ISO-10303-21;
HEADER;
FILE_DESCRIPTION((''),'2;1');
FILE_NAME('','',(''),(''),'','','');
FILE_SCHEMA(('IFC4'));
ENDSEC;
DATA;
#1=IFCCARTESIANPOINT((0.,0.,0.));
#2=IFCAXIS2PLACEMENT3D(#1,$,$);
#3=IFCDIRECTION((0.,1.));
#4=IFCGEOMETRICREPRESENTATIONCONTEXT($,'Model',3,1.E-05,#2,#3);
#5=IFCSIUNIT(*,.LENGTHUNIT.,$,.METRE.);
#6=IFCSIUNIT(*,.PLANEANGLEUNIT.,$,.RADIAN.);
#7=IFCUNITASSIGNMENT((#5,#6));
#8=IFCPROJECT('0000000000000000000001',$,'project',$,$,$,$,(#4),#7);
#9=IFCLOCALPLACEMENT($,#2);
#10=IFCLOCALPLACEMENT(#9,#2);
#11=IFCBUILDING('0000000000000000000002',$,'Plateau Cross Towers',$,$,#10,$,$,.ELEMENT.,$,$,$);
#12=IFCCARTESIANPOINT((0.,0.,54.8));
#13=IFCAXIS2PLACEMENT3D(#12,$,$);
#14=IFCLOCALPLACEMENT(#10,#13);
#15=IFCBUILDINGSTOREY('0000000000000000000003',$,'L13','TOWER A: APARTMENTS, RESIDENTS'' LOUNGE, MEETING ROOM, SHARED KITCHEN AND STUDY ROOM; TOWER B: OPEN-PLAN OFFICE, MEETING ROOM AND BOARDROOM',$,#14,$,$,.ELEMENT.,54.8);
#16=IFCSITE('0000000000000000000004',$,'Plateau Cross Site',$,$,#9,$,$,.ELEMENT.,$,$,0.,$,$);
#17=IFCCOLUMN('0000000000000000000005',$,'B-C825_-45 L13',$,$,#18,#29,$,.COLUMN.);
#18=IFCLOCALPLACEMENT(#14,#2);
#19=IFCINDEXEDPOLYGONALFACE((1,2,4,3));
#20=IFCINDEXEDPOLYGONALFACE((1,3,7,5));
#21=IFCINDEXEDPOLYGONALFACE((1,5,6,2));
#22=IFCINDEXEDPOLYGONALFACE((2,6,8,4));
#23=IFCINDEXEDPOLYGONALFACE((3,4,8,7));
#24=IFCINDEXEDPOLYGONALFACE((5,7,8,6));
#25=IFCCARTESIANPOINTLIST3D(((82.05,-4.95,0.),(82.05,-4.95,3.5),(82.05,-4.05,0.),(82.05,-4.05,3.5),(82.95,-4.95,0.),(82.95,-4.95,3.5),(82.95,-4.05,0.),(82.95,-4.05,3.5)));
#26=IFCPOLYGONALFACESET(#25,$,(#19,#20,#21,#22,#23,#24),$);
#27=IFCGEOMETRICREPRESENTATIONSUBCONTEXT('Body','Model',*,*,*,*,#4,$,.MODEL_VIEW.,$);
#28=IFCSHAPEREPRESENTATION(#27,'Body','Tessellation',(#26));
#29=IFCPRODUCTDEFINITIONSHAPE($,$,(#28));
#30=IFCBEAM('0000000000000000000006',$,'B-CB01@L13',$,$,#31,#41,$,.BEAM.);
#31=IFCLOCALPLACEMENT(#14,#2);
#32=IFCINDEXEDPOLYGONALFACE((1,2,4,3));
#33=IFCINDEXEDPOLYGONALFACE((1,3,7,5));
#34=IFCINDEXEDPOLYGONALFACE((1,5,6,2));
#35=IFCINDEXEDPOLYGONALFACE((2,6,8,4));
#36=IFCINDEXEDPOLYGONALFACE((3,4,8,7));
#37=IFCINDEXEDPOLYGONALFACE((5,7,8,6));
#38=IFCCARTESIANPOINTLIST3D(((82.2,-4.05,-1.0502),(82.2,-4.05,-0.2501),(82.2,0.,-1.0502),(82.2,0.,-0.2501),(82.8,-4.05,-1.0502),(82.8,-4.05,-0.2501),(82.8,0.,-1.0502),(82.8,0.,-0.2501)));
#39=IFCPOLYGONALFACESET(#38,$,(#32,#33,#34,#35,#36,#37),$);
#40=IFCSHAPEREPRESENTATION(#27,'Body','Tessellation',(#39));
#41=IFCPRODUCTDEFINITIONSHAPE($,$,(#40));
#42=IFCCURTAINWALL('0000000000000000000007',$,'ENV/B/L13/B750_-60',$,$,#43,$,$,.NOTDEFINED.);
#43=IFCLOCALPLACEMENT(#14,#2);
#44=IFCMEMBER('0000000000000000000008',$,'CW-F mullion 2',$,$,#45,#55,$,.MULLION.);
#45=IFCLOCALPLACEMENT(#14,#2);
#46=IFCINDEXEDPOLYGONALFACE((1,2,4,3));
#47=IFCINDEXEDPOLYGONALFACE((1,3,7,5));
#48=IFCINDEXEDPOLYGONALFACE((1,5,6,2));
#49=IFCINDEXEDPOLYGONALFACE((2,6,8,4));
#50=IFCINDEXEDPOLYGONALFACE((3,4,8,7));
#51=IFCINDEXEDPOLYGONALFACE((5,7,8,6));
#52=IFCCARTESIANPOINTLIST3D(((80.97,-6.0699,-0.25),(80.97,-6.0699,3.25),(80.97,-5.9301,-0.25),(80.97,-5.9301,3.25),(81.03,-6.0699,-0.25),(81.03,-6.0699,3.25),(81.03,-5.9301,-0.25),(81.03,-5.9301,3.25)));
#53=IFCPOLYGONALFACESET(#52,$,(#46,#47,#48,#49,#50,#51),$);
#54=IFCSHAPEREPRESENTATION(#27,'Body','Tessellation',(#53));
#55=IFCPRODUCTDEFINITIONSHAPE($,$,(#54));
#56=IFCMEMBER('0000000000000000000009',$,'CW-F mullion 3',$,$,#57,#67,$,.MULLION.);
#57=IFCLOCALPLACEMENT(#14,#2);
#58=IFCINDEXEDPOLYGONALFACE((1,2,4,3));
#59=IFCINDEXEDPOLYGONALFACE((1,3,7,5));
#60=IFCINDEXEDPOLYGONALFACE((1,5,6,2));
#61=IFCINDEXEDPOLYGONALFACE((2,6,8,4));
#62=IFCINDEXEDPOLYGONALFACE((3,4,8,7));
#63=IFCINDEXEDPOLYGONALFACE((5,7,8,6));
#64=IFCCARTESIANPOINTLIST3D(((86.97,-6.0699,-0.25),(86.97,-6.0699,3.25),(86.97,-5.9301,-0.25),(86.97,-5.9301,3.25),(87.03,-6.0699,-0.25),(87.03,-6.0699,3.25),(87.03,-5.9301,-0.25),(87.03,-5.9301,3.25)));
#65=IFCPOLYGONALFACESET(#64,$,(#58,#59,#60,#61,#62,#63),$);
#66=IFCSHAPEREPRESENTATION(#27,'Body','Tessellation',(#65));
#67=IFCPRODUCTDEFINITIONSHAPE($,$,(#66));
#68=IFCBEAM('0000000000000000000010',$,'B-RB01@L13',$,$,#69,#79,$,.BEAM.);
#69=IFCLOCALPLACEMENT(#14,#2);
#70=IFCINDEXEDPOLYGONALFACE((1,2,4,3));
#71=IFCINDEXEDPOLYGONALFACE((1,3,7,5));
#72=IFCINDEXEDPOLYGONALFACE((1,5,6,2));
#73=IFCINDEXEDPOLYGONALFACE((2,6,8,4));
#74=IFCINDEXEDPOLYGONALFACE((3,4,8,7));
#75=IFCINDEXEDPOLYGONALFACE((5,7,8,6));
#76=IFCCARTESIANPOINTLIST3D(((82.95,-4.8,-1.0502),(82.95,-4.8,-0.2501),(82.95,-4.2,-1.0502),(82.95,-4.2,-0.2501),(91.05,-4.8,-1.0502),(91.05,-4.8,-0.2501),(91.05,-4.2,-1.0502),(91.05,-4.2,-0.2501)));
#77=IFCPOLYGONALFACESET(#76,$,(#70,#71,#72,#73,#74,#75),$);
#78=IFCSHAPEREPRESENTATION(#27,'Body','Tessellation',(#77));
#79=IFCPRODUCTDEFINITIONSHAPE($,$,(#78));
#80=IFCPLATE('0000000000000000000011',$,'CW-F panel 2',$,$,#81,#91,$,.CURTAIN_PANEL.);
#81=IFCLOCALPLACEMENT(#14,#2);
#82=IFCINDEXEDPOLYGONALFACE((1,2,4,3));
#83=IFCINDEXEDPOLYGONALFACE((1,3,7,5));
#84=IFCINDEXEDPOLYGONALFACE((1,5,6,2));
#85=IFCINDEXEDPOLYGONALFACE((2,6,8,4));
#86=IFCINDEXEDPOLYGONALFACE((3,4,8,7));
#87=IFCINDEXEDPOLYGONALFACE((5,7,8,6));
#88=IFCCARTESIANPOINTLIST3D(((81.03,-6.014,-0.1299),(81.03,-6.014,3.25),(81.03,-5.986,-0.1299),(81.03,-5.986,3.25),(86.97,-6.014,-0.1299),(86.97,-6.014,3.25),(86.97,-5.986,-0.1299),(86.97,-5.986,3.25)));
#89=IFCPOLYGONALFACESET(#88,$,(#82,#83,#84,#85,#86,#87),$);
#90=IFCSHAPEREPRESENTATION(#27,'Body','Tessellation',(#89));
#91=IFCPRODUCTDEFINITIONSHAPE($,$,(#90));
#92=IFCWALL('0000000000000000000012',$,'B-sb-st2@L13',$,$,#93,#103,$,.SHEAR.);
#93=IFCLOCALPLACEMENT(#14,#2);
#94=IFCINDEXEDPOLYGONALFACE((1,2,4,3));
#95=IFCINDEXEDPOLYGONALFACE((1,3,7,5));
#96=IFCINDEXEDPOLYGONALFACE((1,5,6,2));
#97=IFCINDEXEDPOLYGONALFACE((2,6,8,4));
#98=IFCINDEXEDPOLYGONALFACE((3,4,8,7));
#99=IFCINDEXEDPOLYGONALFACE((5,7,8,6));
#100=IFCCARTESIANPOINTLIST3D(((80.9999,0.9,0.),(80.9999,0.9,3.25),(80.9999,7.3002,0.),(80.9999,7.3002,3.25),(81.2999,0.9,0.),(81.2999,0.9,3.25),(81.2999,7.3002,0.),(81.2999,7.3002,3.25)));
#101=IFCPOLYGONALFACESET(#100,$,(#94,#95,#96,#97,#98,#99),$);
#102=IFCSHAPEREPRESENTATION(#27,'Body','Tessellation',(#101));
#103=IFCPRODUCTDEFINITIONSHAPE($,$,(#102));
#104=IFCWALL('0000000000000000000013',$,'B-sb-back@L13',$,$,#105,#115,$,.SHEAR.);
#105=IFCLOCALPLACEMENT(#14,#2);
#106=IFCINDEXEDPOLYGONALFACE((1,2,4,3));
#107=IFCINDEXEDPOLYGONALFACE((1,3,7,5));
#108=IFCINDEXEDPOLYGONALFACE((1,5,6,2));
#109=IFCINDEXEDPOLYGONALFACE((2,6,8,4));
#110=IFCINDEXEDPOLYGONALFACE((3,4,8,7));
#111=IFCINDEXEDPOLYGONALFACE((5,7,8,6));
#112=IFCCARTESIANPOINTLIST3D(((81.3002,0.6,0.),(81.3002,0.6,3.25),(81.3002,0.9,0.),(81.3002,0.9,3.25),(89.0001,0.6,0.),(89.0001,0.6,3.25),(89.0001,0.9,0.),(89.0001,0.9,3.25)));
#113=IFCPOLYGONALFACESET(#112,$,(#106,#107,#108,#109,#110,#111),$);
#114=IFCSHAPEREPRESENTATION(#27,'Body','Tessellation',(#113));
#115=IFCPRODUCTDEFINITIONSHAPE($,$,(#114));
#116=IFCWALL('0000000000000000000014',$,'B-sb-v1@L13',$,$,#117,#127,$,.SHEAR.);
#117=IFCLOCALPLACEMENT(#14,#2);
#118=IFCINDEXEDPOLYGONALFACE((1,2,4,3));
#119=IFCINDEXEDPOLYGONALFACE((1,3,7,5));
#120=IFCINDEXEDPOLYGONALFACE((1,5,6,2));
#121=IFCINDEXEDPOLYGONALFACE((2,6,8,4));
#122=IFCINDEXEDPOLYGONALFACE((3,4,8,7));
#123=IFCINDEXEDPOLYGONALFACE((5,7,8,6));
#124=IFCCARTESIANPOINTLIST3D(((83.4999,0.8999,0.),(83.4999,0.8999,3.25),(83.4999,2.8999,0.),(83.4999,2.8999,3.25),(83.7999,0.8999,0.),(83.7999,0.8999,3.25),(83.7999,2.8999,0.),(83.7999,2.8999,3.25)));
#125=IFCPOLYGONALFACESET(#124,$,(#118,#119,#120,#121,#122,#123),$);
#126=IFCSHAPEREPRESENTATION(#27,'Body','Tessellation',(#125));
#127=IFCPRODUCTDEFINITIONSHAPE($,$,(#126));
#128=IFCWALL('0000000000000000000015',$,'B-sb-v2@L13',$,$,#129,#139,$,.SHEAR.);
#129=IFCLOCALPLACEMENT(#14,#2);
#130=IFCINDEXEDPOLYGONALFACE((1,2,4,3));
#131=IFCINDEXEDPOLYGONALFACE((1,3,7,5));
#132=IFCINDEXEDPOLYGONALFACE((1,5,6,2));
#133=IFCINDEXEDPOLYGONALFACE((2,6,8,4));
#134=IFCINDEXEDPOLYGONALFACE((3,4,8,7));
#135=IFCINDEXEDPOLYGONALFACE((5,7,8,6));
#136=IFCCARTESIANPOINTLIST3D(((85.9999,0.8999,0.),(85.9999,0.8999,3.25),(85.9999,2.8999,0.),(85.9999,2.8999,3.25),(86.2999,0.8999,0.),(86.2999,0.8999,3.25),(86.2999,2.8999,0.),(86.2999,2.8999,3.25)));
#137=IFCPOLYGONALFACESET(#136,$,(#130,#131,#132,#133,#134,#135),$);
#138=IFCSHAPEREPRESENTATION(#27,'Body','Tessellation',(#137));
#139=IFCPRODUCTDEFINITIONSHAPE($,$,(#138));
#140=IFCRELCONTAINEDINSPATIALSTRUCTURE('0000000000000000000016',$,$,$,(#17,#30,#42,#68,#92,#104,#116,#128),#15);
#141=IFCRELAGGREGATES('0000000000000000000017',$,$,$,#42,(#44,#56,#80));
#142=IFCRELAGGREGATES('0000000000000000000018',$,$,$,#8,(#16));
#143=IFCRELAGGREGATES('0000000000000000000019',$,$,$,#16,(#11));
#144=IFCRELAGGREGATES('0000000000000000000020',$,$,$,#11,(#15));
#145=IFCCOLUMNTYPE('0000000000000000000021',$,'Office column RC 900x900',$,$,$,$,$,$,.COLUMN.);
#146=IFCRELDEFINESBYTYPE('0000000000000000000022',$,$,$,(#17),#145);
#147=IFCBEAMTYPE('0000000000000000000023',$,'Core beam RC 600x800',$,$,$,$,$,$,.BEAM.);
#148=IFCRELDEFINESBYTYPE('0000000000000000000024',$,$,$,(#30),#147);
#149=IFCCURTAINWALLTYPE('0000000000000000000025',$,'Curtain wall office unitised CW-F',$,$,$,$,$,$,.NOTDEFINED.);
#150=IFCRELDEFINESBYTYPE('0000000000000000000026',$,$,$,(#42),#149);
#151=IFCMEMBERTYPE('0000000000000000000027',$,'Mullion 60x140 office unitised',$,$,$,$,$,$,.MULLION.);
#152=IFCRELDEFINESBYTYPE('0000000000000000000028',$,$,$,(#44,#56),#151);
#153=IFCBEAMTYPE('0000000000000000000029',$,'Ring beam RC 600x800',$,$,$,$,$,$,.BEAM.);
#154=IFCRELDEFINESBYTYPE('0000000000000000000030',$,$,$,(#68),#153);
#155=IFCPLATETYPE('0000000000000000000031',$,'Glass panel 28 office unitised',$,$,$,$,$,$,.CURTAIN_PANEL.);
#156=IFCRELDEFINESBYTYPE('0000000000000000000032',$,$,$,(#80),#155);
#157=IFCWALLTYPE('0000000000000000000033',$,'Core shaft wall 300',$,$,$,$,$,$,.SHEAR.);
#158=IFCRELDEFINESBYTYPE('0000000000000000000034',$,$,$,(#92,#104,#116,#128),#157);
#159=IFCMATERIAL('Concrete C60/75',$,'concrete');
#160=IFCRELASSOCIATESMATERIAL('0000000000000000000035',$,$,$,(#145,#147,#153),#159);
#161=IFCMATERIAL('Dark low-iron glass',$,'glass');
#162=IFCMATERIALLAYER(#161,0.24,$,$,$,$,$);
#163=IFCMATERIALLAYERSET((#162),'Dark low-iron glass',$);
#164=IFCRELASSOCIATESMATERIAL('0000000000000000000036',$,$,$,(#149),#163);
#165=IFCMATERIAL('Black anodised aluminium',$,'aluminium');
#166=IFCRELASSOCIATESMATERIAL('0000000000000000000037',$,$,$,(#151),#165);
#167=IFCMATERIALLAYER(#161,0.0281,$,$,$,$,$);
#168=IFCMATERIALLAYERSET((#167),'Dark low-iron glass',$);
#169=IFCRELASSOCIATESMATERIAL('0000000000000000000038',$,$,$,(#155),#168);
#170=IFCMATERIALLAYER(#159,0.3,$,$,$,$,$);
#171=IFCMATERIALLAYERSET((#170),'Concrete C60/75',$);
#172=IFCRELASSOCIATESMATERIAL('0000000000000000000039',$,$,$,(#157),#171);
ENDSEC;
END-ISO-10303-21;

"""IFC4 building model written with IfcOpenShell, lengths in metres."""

from ifc_helpers import new_model, si_unit, direction, frame, frame_2d, origin, origin_2d, place, context, subcontext, project, spatial, rectangle, extrude, material, layer, layer_set, material_profile, profile_set, type_object, element, aggregate, save


model = new_model("IFC4")

# Units and contexts
model_context = context("Model", 3, precision=1e-05, world=origin(), true_north=direction((0.0, 1.0)))
body_context = subcontext(model_context, "Body", "Model", "MODEL_VIEW")
ifc_project = project(units=[si_unit("LENGTHUNIT", "METRE"), si_unit("PLANEANGLEUNIT", "RADIAN")], contexts=[model_context])

# Site, building, storey
site_placement = place(None, origin())
site = spatial("IfcSite", under=ifc_project, at=site_placement, Name="Plateau Cross Site", CompositionType="ELEMENT", RefElevation=0.0)
building_placement = place(site_placement, origin())
building = spatial("IfcBuilding", under=site, at=building_placement, Name="Plateau Cross Towers", CompositionType="ELEMENT")
storey_placement = place(building_placement, frame((0.0, 0.0, 54.8)))
storey = spatial("IfcBuildingStorey", under=building, at=storey_placement, Name="L13", Description="TOWER A: APARTMENTS, RESIDENTS' LOUNGE, MEETING ROOM, SHARED KITCHEN AND STUDY ROOM; TOWER B: OPEN-PLAN OFFICE, MEETING ROOM AND BOARDROOM", CompositionType="ELEMENT", Elevation=54.8)

# Column
ifc_material_1 = material(Name="Concrete C60/75", Category="concrete")
ifc_material_profile_1 = material_profile(ifc_material_1, rectangle(XDim=0.8999, YDim=0.8999, at=origin_2d()), Name="RC 900x900")
ifc_profile_set_1 = profile_set([ifc_material_profile_1], Name="Concrete C60/75")
column_type = type_object("IfcColumnType", Name="Office column RC 900x900", PredefinedType="COLUMN", material=ifc_profile_set_1)
column_placement = place(storey_placement, frame((82.5, -4.5, 0.0), z_axis=(0.0, 0.0, 1.0), x_axis=(1.0, 0.0, 0.0)))
element("IfcColumn", 1, at=column_placement, inside=storey, type_object=column_type, Name="B-C825_-45 L13", PredefinedType="COLUMN", context=body_context, shape_type="SweptSolid", body=[
    extrude(rectangle(XDim=0.8999, YDim=0.8999, at=origin_2d()), origin(), (0.0, 0.0, 1.0), 3.5),
])

# Beam
ifc_material_profile_2 = material_profile(ifc_material_1, rectangle(XDim=0.6001, YDim=0.8, at=origin_2d()), Name="RC 600x800")
ifc_profile_set_2 = profile_set([ifc_material_profile_2], Name="Concrete C60/75")
beam_type_1 = type_object("IfcBeamType", Name="Core beam RC 600x800", PredefinedType="BEAM", material=ifc_profile_set_2)
beam_1_placement = place(storey_placement, frame((82.5, 0.0, -0.6501), z_axis=(0.0, -1.0, 0.0), x_axis=(1.0, 0.0, 0.0)))
element("IfcBeam", 2, at=beam_1_placement, inside=storey, type_object=beam_type_1, Name="B-CB01@L13", PredefinedType="BEAM", context=body_context, shape_type="SweptSolid", body=[
    extrude(rectangle(XDim=0.6001, YDim=0.8, at=origin_2d()), origin(), (0.0, 0.0, 1.0), 4.05),
])

# Curtain wall, members
ifc_material_2 = material(Name="Dark low-iron glass", Category="glass")
ifc_layer_1 = layer(ifc_material_2, 0.24)
ifc_layer_set_1 = layer_set([ifc_layer_1], Name="Dark low-iron glass")
curtain_wall_type = type_object("IfcCurtainWallType", Name="Curtain wall office unitised CW-F", PredefinedType="NOTDEFINED", material=ifc_layer_set_1)
curtain_wall_placement = place(storey_placement, origin())
curtain_wall = element("IfcCurtainWall", 3, at=curtain_wall_placement, inside=storey, type_object=curtain_wall_type, Name="ENV/B/L13/B750_-60", PredefinedType="NOTDEFINED")
ifc_material_3 = material(Name="Black anodised aluminium", Category="aluminium")
ifc_material_profile_3 = material_profile(ifc_material_3, rectangle(XDim=0.0601, YDim=0.1399, at=origin_2d()), Name="MULLION 60x140")
ifc_profile_set_3 = profile_set([ifc_material_profile_3], Name="Black anodised aluminium")
member_type = type_object("IfcMemberType", Name="Mullion 60x140 office unitised", PredefinedType="MULLION", material=ifc_profile_set_3)
member_1_placement = place(storey_placement, frame((81.0, -6.0, -0.25), z_axis=(0.0, 0.0, 1.0), x_axis=(1.0, 0.0, 0.0)))
member_1 = element("IfcMember", 4, at=member_1_placement, type_object=member_type, Name="CW-F mullion 2", PredefinedType="MULLION", context=body_context, shape_type="SweptSolid", body=[
    extrude(rectangle(XDim=0.0601, YDim=0.1399, at=origin_2d()), origin(), (0.0, 0.0, 1.0), 3.5),
])
member_2_placement = place(storey_placement, frame((87.0, -6.0, -0.25), z_axis=(0.0, 0.0, 1.0), x_axis=(1.0, 0.0, 0.0)))
member_2 = element("IfcMember", 5, at=member_2_placement, type_object=member_type, Name="CW-F mullion 3", PredefinedType="MULLION", context=body_context, shape_type="SweptSolid", body=[
    extrude(rectangle(XDim=0.0601, YDim=0.1399, at=origin_2d()), origin(), (0.0, 0.0, 1.0), 3.5),
])

# Beam
ifc_material_profile_4 = material_profile(ifc_material_1, rectangle(XDim=0.6001, YDim=0.8, at=origin_2d()), Name="RC 600x800")
ifc_profile_set_4 = profile_set([ifc_material_profile_4], Name="Concrete C60/75")
beam_type_2 = type_object("IfcBeamType", Name="Ring beam RC 600x800", PredefinedType="BEAM", material=ifc_profile_set_4)
beam_2_placement = place(storey_placement, frame((82.95, -4.5, -0.6501), z_axis=(1.0, 0.0, 0.0), x_axis=(0.0, 1.0, 0.0)))
element("IfcBeam", 6, at=beam_2_placement, inside=storey, type_object=beam_type_2, Name="B-RB01@L13", PredefinedType="BEAM", context=body_context, shape_type="SweptSolid", body=[
    extrude(rectangle(XDim=0.6001, YDim=0.8, at=origin_2d()), origin(), (0.0, 0.0, 1.0), 8.1001),
])

# Plate
ifc_layer_2 = layer(ifc_material_2, 0.0281)
ifc_layer_set_2 = layer_set([ifc_layer_2], Name="Dark low-iron glass")
plate_type = type_object("IfcPlateType", Name="Glass panel 28 office unitised", PredefinedType="CURTAIN_PANEL", material=ifc_layer_set_2)
plate_placement = place(storey_placement, frame((84.0, -6.0, -0.1299), z_axis=(0.0, 0.0, 1.0), x_axis=(1.0, 0.0, 0.0)))
plate = element("IfcPlate", 7, at=plate_placement, type_object=plate_type, Name="CW-F panel 2", PredefinedType="CURTAIN_PANEL", context=body_context, shape_type="SweptSolid", body=[
    extrude(rectangle(XDim=5.9399, YDim=0.0281, at=origin_2d()), origin(), (0.0, 0.0, 1.0), 3.3799),
])
aggregate(curtain_wall, [member_1, member_2, plate])

# Walls
ifc_layer_3 = layer(ifc_material_1, 0.3)
ifc_layer_set_3 = layer_set([ifc_layer_3], Name="Concrete C60/75")
wall_type_1 = type_object("IfcWallType", Name="Core shaft wall 300", PredefinedType="SHEAR", material=ifc_layer_set_3)
wall_1_placement = place(storey_placement, frame((81.1499, 0.8999, 0.0), z_axis=(0.0, 0.0, 1.0), x_axis=(0.0, 1.0, 0.0)))
element("IfcWall", 8, at=wall_1_placement, inside=storey, type_object=wall_type_1, Name="B-sb-st2@L13", PredefinedType="SHEAR", context=body_context, shape_type="SweptSolid", body=[
    extrude(rectangle(XDim=6.4001, YDim=0.3, at=frame_2d((3.2002, 0.0))), origin(), (0.0, 0.0, 1.0), 3.25),
])
wall_2_placement = place(storey_placement, frame((81.3, 0.75, 0.0), z_axis=(0.0, 0.0, 1.0), x_axis=(1.0, 0.0, 0.0)))
element("IfcWall", 9, at=wall_2_placement, inside=storey, type_object=wall_type_1, Name="B-sb-back@L13", PredefinedType="SHEAR", context=body_context, shape_type="SweptSolid", body=[
    extrude(rectangle(XDim=7.7, YDim=0.3, at=frame_2d((3.8501, 0.0))), origin(), (0.0, 0.0, 1.0), 3.25),
])
for number, where, z_axis, x_axis, name in (
    (10, (83.6499, 0.8999, 0.0), (0.0, 0.0, 1.0), (0.0, 1.0, 0.0), "B-sb-v1@L13"),
    (11, (86.1499, 0.8999, 0.0), (0.0, 0.0, 1.0), (0.0, 1.0, 0.0), "B-sb-v2@L13"),
):
    element("IfcWall", number, at=place(storey_placement, frame(where, z_axis=z_axis, x_axis=x_axis)), inside=storey, type_object=wall_type_1, Name=name, PredefinedType="SHEAR", context=body_context, shape_type="SweptSolid", body=[
        extrude(rectangle(XDim=2.0, YDim=0.3, at=frame_2d((1.0, 0.0))), origin(), (0.0, 0.0, 1.0), 3.25),
    ])

save(model, "model.ifc")
